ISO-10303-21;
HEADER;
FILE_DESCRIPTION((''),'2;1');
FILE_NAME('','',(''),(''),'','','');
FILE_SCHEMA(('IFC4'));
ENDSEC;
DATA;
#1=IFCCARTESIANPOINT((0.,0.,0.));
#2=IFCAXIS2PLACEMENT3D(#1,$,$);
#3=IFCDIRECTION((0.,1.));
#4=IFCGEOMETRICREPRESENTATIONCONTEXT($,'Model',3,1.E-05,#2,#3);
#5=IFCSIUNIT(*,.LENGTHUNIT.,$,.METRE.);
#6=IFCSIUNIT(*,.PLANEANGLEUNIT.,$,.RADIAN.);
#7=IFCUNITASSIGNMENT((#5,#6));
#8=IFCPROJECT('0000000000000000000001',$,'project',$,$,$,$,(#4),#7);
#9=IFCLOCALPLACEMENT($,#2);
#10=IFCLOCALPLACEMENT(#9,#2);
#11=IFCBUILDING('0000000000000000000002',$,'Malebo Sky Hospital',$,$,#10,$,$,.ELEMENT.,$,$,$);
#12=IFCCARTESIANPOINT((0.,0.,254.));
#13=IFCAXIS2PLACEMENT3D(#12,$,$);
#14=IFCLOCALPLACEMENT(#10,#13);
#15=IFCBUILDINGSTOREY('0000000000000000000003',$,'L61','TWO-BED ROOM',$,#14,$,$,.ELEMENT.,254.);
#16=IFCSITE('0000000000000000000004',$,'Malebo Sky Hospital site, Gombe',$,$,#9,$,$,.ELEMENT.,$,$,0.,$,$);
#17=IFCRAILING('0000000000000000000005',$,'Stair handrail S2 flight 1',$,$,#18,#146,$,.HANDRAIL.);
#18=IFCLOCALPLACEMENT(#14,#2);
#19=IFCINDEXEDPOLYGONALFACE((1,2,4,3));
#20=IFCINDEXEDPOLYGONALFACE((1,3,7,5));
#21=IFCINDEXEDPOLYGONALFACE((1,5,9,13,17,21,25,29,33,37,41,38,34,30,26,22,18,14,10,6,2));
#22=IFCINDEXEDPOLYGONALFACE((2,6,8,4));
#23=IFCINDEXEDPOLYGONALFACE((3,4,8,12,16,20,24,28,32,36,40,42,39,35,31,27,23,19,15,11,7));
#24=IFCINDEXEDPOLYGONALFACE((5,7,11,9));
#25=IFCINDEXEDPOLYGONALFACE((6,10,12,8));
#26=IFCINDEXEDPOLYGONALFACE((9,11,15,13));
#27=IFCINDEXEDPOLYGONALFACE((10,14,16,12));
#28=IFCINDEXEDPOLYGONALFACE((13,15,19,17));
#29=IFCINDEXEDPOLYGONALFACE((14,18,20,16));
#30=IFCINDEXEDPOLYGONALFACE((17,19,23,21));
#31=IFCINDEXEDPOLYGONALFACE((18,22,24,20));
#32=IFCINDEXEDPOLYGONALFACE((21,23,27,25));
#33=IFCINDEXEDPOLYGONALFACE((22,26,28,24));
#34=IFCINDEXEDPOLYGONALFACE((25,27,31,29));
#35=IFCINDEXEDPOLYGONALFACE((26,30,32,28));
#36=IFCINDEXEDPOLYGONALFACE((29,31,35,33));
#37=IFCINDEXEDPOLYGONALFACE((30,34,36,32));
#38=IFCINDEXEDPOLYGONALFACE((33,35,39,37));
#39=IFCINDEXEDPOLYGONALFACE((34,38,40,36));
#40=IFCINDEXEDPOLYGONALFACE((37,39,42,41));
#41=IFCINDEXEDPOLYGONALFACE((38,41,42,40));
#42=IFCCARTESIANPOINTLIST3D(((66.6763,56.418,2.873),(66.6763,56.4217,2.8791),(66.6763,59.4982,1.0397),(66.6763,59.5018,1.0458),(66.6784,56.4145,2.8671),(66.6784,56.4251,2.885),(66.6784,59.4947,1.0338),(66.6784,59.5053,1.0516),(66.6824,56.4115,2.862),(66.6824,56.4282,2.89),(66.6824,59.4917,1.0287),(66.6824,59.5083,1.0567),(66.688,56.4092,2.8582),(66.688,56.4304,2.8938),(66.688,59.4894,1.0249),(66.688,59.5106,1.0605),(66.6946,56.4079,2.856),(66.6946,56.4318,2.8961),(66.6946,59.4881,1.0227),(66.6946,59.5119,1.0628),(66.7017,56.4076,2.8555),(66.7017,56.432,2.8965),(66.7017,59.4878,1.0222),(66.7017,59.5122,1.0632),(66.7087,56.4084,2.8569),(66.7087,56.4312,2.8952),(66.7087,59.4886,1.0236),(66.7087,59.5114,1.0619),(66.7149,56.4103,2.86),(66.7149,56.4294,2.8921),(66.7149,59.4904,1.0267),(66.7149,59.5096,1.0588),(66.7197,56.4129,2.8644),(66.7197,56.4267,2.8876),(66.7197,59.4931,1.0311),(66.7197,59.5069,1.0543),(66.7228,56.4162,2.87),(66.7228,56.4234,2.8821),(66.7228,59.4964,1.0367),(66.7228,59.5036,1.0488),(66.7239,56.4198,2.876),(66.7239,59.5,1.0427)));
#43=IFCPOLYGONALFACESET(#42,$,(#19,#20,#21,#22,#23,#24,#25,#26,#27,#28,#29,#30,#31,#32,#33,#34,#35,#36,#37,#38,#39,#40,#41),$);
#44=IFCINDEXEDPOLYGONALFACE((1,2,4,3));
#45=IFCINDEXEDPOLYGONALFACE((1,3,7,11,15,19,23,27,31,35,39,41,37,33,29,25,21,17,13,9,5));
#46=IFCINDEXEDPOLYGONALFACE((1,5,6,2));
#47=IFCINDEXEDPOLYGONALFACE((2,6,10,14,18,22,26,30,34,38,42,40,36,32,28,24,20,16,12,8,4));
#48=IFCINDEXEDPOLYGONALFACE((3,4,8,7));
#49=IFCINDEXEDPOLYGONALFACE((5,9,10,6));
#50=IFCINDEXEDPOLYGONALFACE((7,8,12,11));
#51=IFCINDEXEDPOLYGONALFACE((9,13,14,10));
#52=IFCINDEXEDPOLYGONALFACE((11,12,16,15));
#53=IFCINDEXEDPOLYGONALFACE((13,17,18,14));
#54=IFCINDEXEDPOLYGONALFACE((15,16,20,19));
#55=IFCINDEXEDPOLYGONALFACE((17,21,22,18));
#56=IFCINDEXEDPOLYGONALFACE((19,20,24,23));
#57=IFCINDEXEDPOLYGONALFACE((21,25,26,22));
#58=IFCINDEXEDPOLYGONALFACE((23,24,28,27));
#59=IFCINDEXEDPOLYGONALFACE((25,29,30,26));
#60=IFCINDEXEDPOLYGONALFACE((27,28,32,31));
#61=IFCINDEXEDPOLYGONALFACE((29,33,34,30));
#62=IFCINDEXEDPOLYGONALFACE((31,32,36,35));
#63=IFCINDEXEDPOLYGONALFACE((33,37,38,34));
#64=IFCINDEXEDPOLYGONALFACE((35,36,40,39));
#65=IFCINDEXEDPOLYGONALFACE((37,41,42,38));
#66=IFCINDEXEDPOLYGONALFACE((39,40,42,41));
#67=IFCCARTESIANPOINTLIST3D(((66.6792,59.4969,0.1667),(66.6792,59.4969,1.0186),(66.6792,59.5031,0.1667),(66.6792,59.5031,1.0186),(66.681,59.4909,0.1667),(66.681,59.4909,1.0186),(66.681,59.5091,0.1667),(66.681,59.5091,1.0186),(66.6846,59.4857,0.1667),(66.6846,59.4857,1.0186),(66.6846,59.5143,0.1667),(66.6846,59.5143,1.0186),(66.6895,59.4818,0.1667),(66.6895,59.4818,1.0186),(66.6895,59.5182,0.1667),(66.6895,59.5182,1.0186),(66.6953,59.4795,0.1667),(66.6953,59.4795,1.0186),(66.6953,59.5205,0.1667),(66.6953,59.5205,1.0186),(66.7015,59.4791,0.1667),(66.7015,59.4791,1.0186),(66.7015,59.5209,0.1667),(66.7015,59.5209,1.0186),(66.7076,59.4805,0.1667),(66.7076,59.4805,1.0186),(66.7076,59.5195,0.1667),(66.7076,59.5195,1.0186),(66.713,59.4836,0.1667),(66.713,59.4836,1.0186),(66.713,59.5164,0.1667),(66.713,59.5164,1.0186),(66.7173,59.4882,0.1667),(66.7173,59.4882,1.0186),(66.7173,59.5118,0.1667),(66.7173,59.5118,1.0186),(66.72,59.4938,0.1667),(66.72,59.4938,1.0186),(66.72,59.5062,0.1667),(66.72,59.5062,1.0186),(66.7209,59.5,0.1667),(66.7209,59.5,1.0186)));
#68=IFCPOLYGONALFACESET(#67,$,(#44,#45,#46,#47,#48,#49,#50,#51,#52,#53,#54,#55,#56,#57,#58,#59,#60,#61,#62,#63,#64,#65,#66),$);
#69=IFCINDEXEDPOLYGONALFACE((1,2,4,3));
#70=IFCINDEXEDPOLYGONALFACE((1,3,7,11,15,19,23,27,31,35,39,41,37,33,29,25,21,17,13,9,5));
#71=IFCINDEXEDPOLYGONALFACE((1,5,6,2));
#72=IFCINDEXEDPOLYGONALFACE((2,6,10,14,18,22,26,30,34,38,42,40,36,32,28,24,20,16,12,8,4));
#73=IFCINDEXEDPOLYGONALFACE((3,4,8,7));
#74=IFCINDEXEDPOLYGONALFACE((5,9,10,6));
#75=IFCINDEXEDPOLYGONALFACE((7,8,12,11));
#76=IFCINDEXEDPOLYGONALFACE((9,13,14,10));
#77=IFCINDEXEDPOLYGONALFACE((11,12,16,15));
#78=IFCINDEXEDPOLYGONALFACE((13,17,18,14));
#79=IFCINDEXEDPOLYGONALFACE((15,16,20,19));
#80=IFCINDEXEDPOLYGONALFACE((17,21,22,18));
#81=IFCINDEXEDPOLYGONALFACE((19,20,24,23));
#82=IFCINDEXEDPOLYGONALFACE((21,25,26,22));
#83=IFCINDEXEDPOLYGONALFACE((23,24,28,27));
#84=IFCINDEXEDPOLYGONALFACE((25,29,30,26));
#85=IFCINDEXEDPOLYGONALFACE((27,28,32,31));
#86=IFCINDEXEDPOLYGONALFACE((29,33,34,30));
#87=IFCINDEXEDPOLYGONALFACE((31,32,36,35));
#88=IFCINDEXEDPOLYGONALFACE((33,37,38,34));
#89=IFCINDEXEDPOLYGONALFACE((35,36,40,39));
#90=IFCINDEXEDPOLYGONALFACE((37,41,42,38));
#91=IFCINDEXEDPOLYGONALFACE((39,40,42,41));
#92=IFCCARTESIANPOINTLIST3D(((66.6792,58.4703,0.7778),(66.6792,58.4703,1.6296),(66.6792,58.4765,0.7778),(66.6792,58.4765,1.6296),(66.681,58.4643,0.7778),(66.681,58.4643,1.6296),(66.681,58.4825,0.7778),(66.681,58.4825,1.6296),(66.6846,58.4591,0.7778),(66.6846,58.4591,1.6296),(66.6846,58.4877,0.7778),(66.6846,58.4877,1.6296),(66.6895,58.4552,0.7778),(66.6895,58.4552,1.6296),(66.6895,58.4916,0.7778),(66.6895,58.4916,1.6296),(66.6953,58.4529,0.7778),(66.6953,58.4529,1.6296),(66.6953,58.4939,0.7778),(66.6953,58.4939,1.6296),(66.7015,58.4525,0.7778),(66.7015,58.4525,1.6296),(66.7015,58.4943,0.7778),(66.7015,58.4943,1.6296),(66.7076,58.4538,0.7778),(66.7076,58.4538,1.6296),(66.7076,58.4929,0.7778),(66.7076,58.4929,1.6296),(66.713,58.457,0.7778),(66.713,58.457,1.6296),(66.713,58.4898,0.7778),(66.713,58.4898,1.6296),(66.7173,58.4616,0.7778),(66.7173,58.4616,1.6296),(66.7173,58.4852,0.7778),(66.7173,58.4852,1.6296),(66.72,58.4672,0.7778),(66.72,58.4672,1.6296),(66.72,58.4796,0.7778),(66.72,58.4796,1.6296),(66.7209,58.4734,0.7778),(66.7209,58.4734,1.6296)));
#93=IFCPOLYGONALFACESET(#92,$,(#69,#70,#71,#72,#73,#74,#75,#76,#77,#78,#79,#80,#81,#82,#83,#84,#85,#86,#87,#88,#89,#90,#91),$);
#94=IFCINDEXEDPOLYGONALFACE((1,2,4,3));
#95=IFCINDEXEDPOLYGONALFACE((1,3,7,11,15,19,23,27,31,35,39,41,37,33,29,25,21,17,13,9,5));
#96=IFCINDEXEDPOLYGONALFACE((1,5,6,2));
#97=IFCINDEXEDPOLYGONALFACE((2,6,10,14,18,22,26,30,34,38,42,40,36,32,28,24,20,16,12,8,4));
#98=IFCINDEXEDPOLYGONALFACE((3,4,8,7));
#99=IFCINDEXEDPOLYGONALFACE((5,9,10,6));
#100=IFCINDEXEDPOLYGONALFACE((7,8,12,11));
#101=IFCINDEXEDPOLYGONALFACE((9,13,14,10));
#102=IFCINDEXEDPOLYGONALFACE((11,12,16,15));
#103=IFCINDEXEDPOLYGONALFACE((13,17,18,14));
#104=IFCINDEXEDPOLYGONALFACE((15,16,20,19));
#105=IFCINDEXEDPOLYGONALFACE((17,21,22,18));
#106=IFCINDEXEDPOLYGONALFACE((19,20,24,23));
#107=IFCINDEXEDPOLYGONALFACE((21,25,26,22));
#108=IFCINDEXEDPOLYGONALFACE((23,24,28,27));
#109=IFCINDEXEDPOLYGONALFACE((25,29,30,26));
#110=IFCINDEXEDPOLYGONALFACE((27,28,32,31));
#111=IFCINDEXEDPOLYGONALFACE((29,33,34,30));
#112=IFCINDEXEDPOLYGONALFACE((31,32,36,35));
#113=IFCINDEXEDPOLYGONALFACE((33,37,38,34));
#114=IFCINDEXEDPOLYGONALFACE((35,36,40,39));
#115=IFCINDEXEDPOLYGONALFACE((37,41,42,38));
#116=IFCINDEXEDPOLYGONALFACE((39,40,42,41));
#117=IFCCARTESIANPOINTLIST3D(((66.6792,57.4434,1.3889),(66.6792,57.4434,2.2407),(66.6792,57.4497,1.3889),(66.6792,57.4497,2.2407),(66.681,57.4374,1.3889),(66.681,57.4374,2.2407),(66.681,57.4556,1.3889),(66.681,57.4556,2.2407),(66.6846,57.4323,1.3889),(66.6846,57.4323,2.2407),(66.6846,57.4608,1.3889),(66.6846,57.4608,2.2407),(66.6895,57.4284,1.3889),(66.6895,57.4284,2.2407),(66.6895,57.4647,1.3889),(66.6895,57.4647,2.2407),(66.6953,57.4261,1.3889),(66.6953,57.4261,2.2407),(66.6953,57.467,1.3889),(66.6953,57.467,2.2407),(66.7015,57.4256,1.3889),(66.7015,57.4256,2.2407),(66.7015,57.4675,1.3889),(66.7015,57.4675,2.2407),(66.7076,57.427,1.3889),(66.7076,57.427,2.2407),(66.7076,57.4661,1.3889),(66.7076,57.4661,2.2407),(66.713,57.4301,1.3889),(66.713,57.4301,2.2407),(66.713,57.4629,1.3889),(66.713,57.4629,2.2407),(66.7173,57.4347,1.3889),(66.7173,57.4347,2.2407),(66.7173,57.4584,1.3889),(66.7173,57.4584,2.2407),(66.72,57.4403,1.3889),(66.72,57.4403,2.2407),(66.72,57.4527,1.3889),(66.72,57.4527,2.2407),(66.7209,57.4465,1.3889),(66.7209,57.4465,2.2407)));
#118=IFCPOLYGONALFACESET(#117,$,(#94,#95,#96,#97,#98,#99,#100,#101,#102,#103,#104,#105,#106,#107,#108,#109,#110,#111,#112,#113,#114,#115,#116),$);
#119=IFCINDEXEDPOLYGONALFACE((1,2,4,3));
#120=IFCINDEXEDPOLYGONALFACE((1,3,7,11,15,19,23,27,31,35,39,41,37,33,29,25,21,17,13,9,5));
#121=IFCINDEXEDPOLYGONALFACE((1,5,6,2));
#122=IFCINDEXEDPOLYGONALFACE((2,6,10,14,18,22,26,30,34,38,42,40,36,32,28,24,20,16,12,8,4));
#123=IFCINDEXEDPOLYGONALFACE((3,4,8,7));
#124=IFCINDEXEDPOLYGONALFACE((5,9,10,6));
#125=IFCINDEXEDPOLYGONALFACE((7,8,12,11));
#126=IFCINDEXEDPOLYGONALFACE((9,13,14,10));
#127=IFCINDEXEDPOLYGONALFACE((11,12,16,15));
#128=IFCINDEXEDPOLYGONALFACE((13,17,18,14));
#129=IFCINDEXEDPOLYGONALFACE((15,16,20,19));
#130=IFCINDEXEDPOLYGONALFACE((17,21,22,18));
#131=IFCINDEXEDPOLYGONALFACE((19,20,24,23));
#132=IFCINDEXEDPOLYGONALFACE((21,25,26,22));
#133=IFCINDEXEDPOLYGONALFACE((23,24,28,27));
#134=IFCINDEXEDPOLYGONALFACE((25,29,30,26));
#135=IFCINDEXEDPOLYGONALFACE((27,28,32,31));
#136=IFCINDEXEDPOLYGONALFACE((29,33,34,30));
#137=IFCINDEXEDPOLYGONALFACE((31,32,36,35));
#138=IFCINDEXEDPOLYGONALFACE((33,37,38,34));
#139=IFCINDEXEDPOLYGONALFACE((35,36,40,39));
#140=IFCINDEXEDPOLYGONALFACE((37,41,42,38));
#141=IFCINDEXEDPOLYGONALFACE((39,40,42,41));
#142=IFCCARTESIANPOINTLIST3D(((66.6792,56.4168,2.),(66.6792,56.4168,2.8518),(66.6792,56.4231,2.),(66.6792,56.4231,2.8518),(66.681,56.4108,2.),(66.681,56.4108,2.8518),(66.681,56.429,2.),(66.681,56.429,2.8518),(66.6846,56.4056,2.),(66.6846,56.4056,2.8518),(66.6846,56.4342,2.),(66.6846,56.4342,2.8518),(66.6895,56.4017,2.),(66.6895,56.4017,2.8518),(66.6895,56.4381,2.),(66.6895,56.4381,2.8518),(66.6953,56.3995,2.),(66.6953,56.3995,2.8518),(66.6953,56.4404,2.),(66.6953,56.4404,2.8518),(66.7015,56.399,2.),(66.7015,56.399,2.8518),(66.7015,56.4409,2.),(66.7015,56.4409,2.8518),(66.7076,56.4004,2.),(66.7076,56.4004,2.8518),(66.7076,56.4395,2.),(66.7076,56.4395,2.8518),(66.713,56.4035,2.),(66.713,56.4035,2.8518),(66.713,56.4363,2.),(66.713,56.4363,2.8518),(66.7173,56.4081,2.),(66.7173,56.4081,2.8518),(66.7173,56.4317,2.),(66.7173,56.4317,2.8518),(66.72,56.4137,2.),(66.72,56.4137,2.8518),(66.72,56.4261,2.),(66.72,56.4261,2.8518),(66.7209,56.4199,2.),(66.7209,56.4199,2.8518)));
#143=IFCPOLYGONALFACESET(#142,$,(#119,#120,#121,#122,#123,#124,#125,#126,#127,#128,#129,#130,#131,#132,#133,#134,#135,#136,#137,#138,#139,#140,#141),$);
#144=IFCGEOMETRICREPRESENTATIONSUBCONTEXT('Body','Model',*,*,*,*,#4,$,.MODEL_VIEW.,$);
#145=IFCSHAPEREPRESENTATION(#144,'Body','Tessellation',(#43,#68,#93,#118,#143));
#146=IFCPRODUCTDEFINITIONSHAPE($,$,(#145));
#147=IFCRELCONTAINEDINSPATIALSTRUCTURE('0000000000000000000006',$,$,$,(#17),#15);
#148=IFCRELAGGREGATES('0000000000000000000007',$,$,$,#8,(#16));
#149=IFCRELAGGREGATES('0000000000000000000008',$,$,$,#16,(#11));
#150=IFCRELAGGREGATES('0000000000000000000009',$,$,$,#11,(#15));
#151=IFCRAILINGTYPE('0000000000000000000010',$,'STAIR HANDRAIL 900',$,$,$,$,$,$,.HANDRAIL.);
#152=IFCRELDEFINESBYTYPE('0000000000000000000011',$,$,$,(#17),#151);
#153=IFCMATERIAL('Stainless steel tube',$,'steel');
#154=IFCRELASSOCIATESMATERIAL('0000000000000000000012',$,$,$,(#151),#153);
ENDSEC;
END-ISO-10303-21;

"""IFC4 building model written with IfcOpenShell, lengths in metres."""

from ifc_helpers import new_model, si_unit, direction, frame, origin, origin_2d, place, context, subcontext, project, spatial, circle, extrude, material, type_object, element, save


model = new_model("IFC4")

# Units and contexts
model_context = context("Model", 3, precision=1e-05, world=origin(), true_north=direction((0.0, 1.0)))
body_context = subcontext(model_context, "Body", "Model", "MODEL_VIEW")
ifc_project = project(units=[si_unit("LENGTHUNIT", "METRE"), si_unit("PLANEANGLEUNIT", "RADIAN")], contexts=[model_context])

# Site, building, storey
site_placement = place(None, origin())
site = spatial("IfcSite", under=ifc_project, at=site_placement, Name="Malebo Sky Hospital site, Gombe", CompositionType="ELEMENT", RefElevation=0.0)
building_placement = place(site_placement, origin())
building = spatial("IfcBuilding", under=site, at=building_placement, Name="Malebo Sky Hospital", CompositionType="ELEMENT")
storey_placement = place(building_placement, frame((0.0, 0.0, 254.0)))
storey = spatial("IfcBuildingStorey", under=building, at=storey_placement, Name="L61", Description="TWO-BED ROOM", CompositionType="ELEMENT", Elevation=254.0)

# Railing
ifc_material_1 = material(Name="Stainless steel tube", Category="steel")
railing_type = type_object("IfcRailingType", Name="STAIR HANDRAIL 900", PredefinedType="HANDRAIL", material=ifc_material_1)
railing_1_placement = place(storey_placement, frame((66.7, 59.5, 0.1667)))
element("IfcRailing", 1, at=railing_1_placement, inside=storey, type_object=railing_type, Name="Stair handrail S2 flight 1", PredefinedType="HANDRAIL", context=body_context, shape_type="SweptSolid", body=[
    extrude(circle(Radius=0.0239, at=origin_2d()), frame((0.0, 0.0, 0.876), z_axis=(0.0, -0.859309, 0.511458), x_axis=(1.0, 0.0, 0.0)), (0.0, 0.0, 1.0), 3.5845),
    extrude(circle(Radius=0.021, at=origin_2d()), origin(), (0.0, 0.0, 1.0), 0.8518),
    extrude(circle(Radius=0.021, at=origin_2d()), frame((0.0, -1.0266, 0.6111)), (0.0, 0.0, 1.0), 0.8518),
    extrude(circle(Radius=0.021, at=origin_2d()), frame((0.0, -2.0535, 1.2222)), (0.0, 0.0, 1.0), 0.8518),
    extrude(circle(Radius=0.021, at=origin_2d()), frame((0.0, -3.0801, 1.8333)), (0.0, 0.0, 1.0), 0.8518),
])

save(model, "model.ifc")
